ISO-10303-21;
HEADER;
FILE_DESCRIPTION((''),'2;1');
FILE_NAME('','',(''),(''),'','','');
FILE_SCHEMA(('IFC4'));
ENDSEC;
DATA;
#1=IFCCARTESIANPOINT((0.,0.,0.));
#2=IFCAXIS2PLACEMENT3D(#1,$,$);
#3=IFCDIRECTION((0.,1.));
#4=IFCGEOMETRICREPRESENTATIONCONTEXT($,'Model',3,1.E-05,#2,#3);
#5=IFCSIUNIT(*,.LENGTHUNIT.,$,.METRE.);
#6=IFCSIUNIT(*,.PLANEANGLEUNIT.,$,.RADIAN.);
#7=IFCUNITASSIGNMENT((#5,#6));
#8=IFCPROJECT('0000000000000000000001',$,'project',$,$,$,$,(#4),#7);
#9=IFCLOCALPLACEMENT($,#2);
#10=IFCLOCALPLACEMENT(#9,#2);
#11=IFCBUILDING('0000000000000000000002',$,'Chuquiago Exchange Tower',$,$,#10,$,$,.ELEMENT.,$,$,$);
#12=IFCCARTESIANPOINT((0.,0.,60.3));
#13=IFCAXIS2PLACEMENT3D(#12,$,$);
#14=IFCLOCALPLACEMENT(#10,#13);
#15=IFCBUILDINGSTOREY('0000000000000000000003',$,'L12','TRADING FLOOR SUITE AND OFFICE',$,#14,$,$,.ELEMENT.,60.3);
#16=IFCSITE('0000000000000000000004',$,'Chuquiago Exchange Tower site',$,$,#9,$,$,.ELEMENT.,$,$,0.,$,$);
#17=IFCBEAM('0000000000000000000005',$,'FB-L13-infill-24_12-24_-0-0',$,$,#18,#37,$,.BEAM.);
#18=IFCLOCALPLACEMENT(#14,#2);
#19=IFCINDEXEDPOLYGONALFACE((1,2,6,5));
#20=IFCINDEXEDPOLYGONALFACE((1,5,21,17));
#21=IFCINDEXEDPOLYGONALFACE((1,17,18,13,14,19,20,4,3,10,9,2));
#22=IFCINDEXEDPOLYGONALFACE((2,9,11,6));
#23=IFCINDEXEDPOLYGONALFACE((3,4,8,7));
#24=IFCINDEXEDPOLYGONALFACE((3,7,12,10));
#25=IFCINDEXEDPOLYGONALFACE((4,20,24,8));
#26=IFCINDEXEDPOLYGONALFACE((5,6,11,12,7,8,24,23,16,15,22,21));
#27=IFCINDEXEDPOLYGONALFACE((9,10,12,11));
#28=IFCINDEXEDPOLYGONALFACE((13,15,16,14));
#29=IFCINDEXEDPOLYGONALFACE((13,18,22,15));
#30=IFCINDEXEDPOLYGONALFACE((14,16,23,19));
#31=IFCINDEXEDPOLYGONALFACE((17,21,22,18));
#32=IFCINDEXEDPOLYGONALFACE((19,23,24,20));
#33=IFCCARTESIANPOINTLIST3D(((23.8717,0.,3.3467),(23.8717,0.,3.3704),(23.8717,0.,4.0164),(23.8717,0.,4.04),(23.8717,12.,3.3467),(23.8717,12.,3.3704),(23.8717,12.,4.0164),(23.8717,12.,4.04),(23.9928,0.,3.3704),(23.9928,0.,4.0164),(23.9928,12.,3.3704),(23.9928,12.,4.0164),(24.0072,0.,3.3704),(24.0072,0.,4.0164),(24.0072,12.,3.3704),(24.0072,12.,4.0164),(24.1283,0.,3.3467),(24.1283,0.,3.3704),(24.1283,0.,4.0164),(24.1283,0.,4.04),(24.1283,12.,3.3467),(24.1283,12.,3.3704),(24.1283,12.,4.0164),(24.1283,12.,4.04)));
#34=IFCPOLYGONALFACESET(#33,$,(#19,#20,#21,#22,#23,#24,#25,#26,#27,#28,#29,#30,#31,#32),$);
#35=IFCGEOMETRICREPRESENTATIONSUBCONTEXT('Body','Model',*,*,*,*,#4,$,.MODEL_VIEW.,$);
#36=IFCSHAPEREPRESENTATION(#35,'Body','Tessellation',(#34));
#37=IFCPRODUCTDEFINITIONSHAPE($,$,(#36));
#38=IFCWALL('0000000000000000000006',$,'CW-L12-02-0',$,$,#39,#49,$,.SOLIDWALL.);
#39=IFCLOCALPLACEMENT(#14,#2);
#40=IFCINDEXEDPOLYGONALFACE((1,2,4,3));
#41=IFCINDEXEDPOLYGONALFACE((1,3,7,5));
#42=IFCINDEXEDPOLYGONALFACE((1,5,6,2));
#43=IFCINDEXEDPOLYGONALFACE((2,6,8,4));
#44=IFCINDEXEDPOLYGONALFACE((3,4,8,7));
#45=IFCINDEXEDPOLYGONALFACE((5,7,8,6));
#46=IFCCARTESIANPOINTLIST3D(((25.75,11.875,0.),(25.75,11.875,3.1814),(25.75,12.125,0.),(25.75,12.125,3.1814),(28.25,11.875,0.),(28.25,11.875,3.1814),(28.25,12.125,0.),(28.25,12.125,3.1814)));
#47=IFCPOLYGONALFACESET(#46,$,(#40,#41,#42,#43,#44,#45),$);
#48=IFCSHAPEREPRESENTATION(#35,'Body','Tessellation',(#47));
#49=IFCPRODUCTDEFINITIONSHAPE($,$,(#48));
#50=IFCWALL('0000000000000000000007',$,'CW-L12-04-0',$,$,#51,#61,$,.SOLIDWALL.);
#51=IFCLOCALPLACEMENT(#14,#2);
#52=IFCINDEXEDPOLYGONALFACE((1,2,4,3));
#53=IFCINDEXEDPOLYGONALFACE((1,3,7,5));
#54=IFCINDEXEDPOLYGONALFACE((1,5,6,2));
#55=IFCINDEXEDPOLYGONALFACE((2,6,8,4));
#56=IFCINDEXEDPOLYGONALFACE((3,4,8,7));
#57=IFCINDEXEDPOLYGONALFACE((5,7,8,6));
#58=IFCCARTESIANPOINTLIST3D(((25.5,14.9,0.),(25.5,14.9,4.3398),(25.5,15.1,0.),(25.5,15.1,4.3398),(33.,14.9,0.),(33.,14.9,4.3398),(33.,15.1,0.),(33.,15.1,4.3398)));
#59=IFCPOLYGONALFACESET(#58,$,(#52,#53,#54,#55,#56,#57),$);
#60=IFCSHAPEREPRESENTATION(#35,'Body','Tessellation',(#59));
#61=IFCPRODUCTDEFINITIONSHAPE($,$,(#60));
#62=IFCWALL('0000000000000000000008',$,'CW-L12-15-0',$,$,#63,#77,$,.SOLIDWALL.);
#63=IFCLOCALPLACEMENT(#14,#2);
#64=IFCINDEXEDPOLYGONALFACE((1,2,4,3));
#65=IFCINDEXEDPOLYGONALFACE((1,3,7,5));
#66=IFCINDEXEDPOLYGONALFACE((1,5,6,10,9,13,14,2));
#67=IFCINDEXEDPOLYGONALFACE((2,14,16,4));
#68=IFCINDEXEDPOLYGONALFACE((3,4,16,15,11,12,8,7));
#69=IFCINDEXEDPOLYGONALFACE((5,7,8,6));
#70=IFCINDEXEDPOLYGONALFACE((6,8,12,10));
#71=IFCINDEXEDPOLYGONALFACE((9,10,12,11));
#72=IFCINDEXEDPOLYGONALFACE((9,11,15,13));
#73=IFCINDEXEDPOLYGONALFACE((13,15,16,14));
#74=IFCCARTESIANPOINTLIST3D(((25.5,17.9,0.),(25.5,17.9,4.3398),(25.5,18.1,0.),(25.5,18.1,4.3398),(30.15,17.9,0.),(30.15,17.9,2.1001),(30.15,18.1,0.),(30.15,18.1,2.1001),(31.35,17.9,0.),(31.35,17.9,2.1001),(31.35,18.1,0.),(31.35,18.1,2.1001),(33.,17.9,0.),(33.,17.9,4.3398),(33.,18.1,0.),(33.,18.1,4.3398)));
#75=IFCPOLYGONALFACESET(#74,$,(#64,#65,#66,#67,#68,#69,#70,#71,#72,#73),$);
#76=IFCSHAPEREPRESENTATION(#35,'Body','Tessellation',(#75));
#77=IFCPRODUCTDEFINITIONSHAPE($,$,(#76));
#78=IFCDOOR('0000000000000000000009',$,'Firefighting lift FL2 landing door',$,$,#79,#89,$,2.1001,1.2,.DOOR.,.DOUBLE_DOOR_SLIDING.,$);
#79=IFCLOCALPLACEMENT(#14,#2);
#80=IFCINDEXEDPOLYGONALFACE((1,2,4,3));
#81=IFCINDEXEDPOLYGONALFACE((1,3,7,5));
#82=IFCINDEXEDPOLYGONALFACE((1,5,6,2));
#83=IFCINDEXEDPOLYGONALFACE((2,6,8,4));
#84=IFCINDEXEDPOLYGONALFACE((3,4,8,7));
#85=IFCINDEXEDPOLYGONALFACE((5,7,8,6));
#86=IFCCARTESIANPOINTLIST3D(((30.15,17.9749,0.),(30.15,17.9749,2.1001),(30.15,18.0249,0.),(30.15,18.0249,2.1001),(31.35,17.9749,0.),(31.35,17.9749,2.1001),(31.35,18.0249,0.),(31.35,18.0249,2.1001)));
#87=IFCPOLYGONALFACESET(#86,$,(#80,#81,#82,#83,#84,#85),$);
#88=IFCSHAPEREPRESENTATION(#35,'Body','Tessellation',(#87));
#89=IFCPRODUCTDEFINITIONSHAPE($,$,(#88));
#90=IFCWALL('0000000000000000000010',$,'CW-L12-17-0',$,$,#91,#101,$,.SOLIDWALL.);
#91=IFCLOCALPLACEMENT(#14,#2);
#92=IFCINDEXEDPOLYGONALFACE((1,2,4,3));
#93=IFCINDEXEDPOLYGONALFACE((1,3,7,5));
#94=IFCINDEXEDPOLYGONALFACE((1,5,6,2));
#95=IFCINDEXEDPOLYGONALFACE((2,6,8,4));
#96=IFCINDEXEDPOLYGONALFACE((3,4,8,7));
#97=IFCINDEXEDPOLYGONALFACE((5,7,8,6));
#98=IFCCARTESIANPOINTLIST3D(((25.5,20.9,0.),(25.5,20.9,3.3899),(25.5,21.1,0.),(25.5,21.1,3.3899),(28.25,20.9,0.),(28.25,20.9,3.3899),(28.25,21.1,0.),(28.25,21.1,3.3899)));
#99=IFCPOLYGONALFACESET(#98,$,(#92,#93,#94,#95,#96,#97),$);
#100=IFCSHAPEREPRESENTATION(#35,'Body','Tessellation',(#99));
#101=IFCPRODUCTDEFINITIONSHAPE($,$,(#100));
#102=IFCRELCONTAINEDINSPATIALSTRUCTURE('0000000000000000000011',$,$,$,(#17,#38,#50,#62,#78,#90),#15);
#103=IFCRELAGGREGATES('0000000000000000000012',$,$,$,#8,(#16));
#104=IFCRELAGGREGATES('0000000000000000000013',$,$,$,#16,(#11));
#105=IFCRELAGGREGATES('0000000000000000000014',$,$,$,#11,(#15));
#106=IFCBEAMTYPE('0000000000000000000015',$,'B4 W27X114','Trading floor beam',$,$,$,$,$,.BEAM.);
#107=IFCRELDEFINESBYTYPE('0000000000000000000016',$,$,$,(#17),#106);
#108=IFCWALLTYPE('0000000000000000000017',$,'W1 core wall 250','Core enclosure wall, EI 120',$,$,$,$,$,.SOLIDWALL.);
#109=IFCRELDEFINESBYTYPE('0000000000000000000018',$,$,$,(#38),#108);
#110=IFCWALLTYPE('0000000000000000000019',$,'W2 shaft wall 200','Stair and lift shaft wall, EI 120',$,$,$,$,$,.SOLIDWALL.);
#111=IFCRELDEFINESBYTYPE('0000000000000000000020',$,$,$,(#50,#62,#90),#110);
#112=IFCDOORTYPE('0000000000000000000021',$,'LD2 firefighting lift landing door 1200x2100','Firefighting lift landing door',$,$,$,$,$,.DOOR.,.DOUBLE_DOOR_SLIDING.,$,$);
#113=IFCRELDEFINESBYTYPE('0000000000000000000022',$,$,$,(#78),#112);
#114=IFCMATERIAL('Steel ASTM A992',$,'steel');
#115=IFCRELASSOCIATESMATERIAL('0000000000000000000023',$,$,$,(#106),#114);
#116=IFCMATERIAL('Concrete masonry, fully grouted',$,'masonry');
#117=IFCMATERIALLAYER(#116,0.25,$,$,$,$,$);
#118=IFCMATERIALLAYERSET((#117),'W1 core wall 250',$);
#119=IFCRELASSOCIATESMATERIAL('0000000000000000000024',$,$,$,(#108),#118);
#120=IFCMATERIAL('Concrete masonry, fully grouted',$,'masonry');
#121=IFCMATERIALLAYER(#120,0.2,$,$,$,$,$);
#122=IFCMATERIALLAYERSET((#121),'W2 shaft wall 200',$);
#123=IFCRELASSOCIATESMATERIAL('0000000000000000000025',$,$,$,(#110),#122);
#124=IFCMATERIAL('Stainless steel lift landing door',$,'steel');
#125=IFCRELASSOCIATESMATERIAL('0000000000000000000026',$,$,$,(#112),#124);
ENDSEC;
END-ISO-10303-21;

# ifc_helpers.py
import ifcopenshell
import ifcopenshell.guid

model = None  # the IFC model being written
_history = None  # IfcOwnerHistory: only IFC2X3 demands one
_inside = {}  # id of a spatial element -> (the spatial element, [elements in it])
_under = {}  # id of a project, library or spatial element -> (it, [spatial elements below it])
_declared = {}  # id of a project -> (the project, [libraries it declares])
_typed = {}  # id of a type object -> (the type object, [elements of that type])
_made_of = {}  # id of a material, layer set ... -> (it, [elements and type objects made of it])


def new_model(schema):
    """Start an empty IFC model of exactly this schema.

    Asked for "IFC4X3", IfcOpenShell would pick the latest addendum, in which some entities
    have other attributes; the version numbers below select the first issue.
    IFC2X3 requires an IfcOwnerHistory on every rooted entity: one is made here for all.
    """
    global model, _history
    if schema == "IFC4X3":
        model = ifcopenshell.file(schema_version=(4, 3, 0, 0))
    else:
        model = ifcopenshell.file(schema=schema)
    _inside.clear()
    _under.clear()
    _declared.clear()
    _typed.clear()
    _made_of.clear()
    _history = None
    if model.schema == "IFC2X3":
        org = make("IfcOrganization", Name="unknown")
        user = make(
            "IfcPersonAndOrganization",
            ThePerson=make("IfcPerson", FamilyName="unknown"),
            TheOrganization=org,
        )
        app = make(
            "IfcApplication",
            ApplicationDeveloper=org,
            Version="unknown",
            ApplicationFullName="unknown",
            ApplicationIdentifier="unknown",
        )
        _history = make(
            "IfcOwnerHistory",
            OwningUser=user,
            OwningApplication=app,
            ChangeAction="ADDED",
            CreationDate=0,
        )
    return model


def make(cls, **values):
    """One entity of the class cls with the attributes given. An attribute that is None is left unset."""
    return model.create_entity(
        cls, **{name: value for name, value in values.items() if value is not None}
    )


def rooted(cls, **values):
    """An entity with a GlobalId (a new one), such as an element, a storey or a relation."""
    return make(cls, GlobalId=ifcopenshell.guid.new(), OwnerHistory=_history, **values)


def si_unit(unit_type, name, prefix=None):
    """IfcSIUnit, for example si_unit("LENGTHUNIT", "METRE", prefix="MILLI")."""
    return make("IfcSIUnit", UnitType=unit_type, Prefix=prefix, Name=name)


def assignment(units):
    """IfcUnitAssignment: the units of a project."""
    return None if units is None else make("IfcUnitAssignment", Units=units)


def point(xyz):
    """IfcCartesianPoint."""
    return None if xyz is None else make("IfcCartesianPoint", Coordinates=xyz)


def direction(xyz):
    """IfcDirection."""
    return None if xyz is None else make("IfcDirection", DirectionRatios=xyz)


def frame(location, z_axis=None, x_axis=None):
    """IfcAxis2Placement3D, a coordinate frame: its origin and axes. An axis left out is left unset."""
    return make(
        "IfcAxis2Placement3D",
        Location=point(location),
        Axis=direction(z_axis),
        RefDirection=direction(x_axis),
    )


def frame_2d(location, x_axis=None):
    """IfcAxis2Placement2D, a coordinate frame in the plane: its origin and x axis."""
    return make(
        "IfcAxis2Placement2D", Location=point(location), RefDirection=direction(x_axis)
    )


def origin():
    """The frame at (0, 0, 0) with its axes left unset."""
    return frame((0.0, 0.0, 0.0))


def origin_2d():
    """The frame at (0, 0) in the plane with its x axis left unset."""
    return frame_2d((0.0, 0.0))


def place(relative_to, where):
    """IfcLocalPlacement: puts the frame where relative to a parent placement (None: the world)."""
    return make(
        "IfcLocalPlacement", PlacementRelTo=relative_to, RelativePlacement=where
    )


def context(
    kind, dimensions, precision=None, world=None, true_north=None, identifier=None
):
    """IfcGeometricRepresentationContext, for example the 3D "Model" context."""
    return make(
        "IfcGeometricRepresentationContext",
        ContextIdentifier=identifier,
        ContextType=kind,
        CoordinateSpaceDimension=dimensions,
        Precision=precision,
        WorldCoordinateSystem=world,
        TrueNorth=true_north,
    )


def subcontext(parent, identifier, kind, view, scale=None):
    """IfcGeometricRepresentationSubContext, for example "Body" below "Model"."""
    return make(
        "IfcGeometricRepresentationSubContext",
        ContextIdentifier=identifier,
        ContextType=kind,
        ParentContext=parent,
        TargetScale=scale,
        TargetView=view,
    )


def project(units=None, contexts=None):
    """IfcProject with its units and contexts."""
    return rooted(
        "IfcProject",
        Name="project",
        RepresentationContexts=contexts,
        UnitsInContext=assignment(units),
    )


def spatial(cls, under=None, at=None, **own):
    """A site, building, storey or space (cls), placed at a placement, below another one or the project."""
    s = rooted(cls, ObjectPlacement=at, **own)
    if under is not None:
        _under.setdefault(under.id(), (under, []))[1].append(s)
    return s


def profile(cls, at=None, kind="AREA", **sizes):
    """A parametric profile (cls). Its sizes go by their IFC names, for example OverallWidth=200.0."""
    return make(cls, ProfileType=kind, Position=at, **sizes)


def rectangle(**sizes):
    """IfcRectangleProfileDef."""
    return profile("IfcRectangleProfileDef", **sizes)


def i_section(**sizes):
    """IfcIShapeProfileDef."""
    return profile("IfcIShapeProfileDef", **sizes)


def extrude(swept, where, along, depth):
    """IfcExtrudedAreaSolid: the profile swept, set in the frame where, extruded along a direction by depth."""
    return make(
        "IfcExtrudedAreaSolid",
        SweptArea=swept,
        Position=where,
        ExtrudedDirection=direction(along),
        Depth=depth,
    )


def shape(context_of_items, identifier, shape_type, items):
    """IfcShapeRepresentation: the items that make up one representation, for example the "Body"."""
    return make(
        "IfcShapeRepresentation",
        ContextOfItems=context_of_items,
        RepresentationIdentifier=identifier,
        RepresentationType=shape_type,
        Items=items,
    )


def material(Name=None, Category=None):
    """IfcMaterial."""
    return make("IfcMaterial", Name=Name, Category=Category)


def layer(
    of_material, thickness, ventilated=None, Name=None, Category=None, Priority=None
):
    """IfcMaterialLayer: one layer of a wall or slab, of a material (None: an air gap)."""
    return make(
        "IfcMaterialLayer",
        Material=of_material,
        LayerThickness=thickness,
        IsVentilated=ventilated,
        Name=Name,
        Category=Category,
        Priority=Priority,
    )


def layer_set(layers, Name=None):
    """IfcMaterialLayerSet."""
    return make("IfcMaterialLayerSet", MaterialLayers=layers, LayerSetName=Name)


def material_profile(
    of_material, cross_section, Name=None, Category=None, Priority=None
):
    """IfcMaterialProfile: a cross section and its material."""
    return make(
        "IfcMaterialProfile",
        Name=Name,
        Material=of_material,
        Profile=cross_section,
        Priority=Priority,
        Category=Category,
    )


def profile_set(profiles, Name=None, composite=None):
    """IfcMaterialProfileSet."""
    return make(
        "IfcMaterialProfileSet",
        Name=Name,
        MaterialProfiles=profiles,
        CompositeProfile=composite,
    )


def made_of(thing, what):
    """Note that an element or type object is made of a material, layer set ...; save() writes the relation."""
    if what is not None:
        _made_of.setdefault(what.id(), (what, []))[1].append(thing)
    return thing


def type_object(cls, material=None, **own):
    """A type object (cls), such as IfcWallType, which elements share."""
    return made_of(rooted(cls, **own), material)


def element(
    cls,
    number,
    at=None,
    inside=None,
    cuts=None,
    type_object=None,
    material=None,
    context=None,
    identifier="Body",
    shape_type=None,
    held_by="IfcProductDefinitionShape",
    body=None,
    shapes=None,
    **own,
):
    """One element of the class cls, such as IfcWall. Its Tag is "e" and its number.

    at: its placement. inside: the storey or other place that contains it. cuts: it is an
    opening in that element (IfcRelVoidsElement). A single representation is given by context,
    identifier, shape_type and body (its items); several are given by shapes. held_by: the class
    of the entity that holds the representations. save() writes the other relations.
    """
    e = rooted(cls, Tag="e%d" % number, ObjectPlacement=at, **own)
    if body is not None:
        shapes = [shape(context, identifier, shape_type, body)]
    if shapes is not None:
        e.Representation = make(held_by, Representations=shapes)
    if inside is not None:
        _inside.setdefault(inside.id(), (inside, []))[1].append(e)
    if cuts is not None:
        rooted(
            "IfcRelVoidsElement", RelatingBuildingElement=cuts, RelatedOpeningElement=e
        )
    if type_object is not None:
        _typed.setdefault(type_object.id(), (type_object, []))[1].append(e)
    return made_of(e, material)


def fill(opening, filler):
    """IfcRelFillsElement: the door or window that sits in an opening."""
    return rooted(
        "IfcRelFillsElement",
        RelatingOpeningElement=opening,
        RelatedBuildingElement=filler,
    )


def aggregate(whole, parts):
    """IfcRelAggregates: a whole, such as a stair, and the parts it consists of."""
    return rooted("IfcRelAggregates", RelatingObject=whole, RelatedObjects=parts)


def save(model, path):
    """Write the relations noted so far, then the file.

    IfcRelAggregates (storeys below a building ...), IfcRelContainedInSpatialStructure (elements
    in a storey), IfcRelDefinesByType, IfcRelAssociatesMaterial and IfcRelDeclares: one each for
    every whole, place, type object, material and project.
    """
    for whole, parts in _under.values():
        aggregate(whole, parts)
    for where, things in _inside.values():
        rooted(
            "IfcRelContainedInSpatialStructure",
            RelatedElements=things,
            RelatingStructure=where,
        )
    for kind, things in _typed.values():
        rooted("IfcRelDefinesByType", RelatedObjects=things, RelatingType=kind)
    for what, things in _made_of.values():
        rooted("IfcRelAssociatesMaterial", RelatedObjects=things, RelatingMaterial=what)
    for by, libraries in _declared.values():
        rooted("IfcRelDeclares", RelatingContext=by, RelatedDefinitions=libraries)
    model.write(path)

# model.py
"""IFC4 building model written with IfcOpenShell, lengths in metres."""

from ifc_helpers import new_model, si_unit, direction, frame, frame_2d, origin, origin_2d, place, context, subcontext, project, spatial, rectangle, i_section, extrude, material, layer, layer_set, material_profile, profile_set, type_object, element, fill, save


model = new_model("IFC4")

# Units and contexts
model_context = context("Model", 3, precision=1e-05, world=origin(), true_north=direction((0.0, 1.0)))
body_context = subcontext(model_context, "Body", "Model", "MODEL_VIEW")
ifc_project = project(units=[si_unit("LENGTHUNIT", "METRE"), si_unit("PLANEANGLEUNIT", "RADIAN")], contexts=[model_context])

# Site, building, storey
site_placement = place(None, origin())
site = spatial("IfcSite", under=ifc_project, at=site_placement, Name="Chuquiago Exchange Tower site", CompositionType="ELEMENT", RefElevation=0.0)
building_placement = place(site_placement, origin())
building = spatial("IfcBuilding", under=site, at=building_placement, Name="Chuquiago Exchange Tower", CompositionType="ELEMENT")
storey_placement = place(building_placement, frame((0.0, 0.0, 60.3)))
storey = spatial("IfcBuildingStorey", under=building, at=storey_placement, Name="L12", Description="TRADING FLOOR SUITE AND OFFICE", CompositionType="ELEMENT", Elevation=60.3)

# Beam
ifc_material_1 = material(Name="Steel ASTM A992", Category="steel")
ifc_material_profile_1 = material_profile(ifc_material_1, i_section(OverallWidth=0.2566, OverallDepth=0.6934, WebThickness=0.0144, FlangeThickness=0.0237, at=origin_2d()), Name="W27X114")
ifc_profile_set_1 = profile_set([ifc_material_profile_1], Name="Steel ASTM A992")
beam_type_1 = type_object("IfcBeamType", Name="B4 W27X114", Description="Trading floor beam", PredefinedType="BEAM", material=ifc_profile_set_1)
for number, where, z_axis, x_axis, name in (
    (1, (24.0, 12.0, 3.6934), (0.0, -1.0, 0.0), (1.0, 0.0, 0.0), "FB-L13-infill-24_12-24_-0-0"),
):
    element("IfcBeam", number, at=place(storey_placement, frame(where, z_axis=z_axis, x_axis=x_axis)), inside=storey, type_object=beam_type_1, Name=name, PredefinedType="BEAM", context=body_context, shape_type="SweptSolid", body=[
        extrude(i_section(OverallWidth=0.2566, OverallDepth=0.6934, WebThickness=0.0144, FlangeThickness=0.0237, at=origin_2d()), origin(), (0.0, 0.0, 1.0), 12.0),
    ])

# Walls
ifc_material_2 = material(Name="Concrete masonry, fully grouted", Category="masonry")
ifc_layer_1 = layer(ifc_material_2, 0.25)
ifc_layer_set_1 = layer_set([ifc_layer_1], Name="W1 core wall 250")
wall_type_1 = type_object("IfcWallType", Name="W1 core wall 250", Description="Core enclosure wall, EI 120", PredefinedType="SOLIDWALL", material=ifc_layer_set_1)
wall_1_placement = place(storey_placement, frame((25.75, 12.0, 0.0), z_axis=(0.0, 0.0, 1.0), x_axis=(1.0, 0.0, 0.0)))
element("IfcWall", 2, at=wall_1_placement, inside=storey, type_object=wall_type_1, Name="CW-L12-02-0", PredefinedType="SOLIDWALL", context=body_context, shape_type="SweptSolid", body=[
    extrude(rectangle(XDim=2.5, YDim=0.25, at=frame_2d((1.25, 0.0))), origin(), (0.0, 0.0, 1.0), 3.1814),
])
ifc_material_3 = material(Name="Concrete masonry, fully grouted", Category="masonry")
ifc_layer_2 = layer(ifc_material_3, 0.2)
ifc_layer_set_2 = layer_set([ifc_layer_2], Name="W2 shaft wall 200")
wall_type_2 = type_object("IfcWallType", Name="W2 shaft wall 200", Description="Stair and lift shaft wall, EI 120", PredefinedType="SOLIDWALL", material=ifc_layer_set_2)
wall_2_placement = place(storey_placement, frame((25.5, 15.0, 0.0), z_axis=(0.0, 0.0, 1.0), x_axis=(1.0, 0.0, 0.0)))
element("IfcWall", 3, at=wall_2_placement, inside=storey, type_object=wall_type_2, Name="CW-L12-04-0", PredefinedType="SOLIDWALL", context=body_context, shape_type="SweptSolid", body=[
    extrude(rectangle(XDim=7.5, YDim=0.2, at=frame_2d((3.75, 0.0))), origin(), (0.0, 0.0, 1.0), 4.3398),
])

# Wall, opening, door
wall_3_placement = place(storey_placement, frame((25.5, 18.0, 0.0), z_axis=(0.0, 0.0, 1.0), x_axis=(1.0, 0.0, 0.0)))
wall_3 = element("IfcWall", 4, at=wall_3_placement, inside=storey, type_object=wall_type_2, Name="CW-L12-15-0", PredefinedType="SOLIDWALL", context=body_context, shape_type="SweptSolid", body=[
    extrude(rectangle(XDim=7.5, YDim=0.2, at=frame_2d((3.75, 0.0))), origin(), (0.0, 0.0, 1.0), 4.3398),
])
opening_1_placement = place(wall_3_placement, frame((4.6499, 0.0, 0.0)))
opening_1 = element("IfcOpeningElement", 5, at=opening_1_placement, cuts=wall_3, PredefinedType="OPENING", context=body_context, shape_type="SweptSolid", body=[
    extrude(rectangle(XDim=1.2, YDim=2.1001, at=frame_2d((0.6001, 1.05))), frame((0.0, 0.1099, 0.0), z_axis=(0.0, -1.0, 0.0), x_axis=(1.0, 0.0, 0.0)), (0.0, 0.0, 1.0), 0.22),
])
ifc_material_4 = material(Name="Stainless steel lift landing door", Category="steel")
door_type_1 = type_object("IfcDoorType", Name="LD2 firefighting lift landing door 1200x2100", Description="Firefighting lift landing door", OperationType="DOUBLE_DOOR_SLIDING", PredefinedType="DOOR", material=ifc_material_4)
door_1_placement = place(opening_1_placement, origin())
door_1 = element("IfcDoor", 6, at=door_1_placement, inside=storey, type_object=door_type_1, Name="Firefighting lift FL2 landing door", OperationType="DOUBLE_DOOR_SLIDING", OverallHeight=2.1001, OverallWidth=1.2, PredefinedType="DOOR", context=body_context, shape_type="SweptSolid", body=[
    extrude(rectangle(XDim=1.2, YDim=2.1001, at=frame_2d((0.6001, 1.05))), frame((0.0, 0.0249, 0.0), z_axis=(0.0, -1.0, 0.0), x_axis=(1.0, 0.0, 0.0)), (0.0, 0.0, 1.0), 0.05),
])
fill(opening_1, door_1)

# Wall
wall_4_placement = place(storey_placement, frame((25.5, 21.0, 0.0), z_axis=(0.0, 0.0, 1.0), x_axis=(1.0, 0.0, 0.0)))
element("IfcWall", 7, at=wall_4_placement, inside=storey, type_object=wall_type_2, Name="CW-L12-17-0", PredefinedType="SOLIDWALL", context=body_context, shape_type="SweptSolid", body=[
    extrude(rectangle(XDim=2.75, YDim=0.2, at=frame_2d((1.375, 0.0))), origin(), (0.0, 0.0, 1.0), 3.3899),
])

save(model, "model.ifc")
